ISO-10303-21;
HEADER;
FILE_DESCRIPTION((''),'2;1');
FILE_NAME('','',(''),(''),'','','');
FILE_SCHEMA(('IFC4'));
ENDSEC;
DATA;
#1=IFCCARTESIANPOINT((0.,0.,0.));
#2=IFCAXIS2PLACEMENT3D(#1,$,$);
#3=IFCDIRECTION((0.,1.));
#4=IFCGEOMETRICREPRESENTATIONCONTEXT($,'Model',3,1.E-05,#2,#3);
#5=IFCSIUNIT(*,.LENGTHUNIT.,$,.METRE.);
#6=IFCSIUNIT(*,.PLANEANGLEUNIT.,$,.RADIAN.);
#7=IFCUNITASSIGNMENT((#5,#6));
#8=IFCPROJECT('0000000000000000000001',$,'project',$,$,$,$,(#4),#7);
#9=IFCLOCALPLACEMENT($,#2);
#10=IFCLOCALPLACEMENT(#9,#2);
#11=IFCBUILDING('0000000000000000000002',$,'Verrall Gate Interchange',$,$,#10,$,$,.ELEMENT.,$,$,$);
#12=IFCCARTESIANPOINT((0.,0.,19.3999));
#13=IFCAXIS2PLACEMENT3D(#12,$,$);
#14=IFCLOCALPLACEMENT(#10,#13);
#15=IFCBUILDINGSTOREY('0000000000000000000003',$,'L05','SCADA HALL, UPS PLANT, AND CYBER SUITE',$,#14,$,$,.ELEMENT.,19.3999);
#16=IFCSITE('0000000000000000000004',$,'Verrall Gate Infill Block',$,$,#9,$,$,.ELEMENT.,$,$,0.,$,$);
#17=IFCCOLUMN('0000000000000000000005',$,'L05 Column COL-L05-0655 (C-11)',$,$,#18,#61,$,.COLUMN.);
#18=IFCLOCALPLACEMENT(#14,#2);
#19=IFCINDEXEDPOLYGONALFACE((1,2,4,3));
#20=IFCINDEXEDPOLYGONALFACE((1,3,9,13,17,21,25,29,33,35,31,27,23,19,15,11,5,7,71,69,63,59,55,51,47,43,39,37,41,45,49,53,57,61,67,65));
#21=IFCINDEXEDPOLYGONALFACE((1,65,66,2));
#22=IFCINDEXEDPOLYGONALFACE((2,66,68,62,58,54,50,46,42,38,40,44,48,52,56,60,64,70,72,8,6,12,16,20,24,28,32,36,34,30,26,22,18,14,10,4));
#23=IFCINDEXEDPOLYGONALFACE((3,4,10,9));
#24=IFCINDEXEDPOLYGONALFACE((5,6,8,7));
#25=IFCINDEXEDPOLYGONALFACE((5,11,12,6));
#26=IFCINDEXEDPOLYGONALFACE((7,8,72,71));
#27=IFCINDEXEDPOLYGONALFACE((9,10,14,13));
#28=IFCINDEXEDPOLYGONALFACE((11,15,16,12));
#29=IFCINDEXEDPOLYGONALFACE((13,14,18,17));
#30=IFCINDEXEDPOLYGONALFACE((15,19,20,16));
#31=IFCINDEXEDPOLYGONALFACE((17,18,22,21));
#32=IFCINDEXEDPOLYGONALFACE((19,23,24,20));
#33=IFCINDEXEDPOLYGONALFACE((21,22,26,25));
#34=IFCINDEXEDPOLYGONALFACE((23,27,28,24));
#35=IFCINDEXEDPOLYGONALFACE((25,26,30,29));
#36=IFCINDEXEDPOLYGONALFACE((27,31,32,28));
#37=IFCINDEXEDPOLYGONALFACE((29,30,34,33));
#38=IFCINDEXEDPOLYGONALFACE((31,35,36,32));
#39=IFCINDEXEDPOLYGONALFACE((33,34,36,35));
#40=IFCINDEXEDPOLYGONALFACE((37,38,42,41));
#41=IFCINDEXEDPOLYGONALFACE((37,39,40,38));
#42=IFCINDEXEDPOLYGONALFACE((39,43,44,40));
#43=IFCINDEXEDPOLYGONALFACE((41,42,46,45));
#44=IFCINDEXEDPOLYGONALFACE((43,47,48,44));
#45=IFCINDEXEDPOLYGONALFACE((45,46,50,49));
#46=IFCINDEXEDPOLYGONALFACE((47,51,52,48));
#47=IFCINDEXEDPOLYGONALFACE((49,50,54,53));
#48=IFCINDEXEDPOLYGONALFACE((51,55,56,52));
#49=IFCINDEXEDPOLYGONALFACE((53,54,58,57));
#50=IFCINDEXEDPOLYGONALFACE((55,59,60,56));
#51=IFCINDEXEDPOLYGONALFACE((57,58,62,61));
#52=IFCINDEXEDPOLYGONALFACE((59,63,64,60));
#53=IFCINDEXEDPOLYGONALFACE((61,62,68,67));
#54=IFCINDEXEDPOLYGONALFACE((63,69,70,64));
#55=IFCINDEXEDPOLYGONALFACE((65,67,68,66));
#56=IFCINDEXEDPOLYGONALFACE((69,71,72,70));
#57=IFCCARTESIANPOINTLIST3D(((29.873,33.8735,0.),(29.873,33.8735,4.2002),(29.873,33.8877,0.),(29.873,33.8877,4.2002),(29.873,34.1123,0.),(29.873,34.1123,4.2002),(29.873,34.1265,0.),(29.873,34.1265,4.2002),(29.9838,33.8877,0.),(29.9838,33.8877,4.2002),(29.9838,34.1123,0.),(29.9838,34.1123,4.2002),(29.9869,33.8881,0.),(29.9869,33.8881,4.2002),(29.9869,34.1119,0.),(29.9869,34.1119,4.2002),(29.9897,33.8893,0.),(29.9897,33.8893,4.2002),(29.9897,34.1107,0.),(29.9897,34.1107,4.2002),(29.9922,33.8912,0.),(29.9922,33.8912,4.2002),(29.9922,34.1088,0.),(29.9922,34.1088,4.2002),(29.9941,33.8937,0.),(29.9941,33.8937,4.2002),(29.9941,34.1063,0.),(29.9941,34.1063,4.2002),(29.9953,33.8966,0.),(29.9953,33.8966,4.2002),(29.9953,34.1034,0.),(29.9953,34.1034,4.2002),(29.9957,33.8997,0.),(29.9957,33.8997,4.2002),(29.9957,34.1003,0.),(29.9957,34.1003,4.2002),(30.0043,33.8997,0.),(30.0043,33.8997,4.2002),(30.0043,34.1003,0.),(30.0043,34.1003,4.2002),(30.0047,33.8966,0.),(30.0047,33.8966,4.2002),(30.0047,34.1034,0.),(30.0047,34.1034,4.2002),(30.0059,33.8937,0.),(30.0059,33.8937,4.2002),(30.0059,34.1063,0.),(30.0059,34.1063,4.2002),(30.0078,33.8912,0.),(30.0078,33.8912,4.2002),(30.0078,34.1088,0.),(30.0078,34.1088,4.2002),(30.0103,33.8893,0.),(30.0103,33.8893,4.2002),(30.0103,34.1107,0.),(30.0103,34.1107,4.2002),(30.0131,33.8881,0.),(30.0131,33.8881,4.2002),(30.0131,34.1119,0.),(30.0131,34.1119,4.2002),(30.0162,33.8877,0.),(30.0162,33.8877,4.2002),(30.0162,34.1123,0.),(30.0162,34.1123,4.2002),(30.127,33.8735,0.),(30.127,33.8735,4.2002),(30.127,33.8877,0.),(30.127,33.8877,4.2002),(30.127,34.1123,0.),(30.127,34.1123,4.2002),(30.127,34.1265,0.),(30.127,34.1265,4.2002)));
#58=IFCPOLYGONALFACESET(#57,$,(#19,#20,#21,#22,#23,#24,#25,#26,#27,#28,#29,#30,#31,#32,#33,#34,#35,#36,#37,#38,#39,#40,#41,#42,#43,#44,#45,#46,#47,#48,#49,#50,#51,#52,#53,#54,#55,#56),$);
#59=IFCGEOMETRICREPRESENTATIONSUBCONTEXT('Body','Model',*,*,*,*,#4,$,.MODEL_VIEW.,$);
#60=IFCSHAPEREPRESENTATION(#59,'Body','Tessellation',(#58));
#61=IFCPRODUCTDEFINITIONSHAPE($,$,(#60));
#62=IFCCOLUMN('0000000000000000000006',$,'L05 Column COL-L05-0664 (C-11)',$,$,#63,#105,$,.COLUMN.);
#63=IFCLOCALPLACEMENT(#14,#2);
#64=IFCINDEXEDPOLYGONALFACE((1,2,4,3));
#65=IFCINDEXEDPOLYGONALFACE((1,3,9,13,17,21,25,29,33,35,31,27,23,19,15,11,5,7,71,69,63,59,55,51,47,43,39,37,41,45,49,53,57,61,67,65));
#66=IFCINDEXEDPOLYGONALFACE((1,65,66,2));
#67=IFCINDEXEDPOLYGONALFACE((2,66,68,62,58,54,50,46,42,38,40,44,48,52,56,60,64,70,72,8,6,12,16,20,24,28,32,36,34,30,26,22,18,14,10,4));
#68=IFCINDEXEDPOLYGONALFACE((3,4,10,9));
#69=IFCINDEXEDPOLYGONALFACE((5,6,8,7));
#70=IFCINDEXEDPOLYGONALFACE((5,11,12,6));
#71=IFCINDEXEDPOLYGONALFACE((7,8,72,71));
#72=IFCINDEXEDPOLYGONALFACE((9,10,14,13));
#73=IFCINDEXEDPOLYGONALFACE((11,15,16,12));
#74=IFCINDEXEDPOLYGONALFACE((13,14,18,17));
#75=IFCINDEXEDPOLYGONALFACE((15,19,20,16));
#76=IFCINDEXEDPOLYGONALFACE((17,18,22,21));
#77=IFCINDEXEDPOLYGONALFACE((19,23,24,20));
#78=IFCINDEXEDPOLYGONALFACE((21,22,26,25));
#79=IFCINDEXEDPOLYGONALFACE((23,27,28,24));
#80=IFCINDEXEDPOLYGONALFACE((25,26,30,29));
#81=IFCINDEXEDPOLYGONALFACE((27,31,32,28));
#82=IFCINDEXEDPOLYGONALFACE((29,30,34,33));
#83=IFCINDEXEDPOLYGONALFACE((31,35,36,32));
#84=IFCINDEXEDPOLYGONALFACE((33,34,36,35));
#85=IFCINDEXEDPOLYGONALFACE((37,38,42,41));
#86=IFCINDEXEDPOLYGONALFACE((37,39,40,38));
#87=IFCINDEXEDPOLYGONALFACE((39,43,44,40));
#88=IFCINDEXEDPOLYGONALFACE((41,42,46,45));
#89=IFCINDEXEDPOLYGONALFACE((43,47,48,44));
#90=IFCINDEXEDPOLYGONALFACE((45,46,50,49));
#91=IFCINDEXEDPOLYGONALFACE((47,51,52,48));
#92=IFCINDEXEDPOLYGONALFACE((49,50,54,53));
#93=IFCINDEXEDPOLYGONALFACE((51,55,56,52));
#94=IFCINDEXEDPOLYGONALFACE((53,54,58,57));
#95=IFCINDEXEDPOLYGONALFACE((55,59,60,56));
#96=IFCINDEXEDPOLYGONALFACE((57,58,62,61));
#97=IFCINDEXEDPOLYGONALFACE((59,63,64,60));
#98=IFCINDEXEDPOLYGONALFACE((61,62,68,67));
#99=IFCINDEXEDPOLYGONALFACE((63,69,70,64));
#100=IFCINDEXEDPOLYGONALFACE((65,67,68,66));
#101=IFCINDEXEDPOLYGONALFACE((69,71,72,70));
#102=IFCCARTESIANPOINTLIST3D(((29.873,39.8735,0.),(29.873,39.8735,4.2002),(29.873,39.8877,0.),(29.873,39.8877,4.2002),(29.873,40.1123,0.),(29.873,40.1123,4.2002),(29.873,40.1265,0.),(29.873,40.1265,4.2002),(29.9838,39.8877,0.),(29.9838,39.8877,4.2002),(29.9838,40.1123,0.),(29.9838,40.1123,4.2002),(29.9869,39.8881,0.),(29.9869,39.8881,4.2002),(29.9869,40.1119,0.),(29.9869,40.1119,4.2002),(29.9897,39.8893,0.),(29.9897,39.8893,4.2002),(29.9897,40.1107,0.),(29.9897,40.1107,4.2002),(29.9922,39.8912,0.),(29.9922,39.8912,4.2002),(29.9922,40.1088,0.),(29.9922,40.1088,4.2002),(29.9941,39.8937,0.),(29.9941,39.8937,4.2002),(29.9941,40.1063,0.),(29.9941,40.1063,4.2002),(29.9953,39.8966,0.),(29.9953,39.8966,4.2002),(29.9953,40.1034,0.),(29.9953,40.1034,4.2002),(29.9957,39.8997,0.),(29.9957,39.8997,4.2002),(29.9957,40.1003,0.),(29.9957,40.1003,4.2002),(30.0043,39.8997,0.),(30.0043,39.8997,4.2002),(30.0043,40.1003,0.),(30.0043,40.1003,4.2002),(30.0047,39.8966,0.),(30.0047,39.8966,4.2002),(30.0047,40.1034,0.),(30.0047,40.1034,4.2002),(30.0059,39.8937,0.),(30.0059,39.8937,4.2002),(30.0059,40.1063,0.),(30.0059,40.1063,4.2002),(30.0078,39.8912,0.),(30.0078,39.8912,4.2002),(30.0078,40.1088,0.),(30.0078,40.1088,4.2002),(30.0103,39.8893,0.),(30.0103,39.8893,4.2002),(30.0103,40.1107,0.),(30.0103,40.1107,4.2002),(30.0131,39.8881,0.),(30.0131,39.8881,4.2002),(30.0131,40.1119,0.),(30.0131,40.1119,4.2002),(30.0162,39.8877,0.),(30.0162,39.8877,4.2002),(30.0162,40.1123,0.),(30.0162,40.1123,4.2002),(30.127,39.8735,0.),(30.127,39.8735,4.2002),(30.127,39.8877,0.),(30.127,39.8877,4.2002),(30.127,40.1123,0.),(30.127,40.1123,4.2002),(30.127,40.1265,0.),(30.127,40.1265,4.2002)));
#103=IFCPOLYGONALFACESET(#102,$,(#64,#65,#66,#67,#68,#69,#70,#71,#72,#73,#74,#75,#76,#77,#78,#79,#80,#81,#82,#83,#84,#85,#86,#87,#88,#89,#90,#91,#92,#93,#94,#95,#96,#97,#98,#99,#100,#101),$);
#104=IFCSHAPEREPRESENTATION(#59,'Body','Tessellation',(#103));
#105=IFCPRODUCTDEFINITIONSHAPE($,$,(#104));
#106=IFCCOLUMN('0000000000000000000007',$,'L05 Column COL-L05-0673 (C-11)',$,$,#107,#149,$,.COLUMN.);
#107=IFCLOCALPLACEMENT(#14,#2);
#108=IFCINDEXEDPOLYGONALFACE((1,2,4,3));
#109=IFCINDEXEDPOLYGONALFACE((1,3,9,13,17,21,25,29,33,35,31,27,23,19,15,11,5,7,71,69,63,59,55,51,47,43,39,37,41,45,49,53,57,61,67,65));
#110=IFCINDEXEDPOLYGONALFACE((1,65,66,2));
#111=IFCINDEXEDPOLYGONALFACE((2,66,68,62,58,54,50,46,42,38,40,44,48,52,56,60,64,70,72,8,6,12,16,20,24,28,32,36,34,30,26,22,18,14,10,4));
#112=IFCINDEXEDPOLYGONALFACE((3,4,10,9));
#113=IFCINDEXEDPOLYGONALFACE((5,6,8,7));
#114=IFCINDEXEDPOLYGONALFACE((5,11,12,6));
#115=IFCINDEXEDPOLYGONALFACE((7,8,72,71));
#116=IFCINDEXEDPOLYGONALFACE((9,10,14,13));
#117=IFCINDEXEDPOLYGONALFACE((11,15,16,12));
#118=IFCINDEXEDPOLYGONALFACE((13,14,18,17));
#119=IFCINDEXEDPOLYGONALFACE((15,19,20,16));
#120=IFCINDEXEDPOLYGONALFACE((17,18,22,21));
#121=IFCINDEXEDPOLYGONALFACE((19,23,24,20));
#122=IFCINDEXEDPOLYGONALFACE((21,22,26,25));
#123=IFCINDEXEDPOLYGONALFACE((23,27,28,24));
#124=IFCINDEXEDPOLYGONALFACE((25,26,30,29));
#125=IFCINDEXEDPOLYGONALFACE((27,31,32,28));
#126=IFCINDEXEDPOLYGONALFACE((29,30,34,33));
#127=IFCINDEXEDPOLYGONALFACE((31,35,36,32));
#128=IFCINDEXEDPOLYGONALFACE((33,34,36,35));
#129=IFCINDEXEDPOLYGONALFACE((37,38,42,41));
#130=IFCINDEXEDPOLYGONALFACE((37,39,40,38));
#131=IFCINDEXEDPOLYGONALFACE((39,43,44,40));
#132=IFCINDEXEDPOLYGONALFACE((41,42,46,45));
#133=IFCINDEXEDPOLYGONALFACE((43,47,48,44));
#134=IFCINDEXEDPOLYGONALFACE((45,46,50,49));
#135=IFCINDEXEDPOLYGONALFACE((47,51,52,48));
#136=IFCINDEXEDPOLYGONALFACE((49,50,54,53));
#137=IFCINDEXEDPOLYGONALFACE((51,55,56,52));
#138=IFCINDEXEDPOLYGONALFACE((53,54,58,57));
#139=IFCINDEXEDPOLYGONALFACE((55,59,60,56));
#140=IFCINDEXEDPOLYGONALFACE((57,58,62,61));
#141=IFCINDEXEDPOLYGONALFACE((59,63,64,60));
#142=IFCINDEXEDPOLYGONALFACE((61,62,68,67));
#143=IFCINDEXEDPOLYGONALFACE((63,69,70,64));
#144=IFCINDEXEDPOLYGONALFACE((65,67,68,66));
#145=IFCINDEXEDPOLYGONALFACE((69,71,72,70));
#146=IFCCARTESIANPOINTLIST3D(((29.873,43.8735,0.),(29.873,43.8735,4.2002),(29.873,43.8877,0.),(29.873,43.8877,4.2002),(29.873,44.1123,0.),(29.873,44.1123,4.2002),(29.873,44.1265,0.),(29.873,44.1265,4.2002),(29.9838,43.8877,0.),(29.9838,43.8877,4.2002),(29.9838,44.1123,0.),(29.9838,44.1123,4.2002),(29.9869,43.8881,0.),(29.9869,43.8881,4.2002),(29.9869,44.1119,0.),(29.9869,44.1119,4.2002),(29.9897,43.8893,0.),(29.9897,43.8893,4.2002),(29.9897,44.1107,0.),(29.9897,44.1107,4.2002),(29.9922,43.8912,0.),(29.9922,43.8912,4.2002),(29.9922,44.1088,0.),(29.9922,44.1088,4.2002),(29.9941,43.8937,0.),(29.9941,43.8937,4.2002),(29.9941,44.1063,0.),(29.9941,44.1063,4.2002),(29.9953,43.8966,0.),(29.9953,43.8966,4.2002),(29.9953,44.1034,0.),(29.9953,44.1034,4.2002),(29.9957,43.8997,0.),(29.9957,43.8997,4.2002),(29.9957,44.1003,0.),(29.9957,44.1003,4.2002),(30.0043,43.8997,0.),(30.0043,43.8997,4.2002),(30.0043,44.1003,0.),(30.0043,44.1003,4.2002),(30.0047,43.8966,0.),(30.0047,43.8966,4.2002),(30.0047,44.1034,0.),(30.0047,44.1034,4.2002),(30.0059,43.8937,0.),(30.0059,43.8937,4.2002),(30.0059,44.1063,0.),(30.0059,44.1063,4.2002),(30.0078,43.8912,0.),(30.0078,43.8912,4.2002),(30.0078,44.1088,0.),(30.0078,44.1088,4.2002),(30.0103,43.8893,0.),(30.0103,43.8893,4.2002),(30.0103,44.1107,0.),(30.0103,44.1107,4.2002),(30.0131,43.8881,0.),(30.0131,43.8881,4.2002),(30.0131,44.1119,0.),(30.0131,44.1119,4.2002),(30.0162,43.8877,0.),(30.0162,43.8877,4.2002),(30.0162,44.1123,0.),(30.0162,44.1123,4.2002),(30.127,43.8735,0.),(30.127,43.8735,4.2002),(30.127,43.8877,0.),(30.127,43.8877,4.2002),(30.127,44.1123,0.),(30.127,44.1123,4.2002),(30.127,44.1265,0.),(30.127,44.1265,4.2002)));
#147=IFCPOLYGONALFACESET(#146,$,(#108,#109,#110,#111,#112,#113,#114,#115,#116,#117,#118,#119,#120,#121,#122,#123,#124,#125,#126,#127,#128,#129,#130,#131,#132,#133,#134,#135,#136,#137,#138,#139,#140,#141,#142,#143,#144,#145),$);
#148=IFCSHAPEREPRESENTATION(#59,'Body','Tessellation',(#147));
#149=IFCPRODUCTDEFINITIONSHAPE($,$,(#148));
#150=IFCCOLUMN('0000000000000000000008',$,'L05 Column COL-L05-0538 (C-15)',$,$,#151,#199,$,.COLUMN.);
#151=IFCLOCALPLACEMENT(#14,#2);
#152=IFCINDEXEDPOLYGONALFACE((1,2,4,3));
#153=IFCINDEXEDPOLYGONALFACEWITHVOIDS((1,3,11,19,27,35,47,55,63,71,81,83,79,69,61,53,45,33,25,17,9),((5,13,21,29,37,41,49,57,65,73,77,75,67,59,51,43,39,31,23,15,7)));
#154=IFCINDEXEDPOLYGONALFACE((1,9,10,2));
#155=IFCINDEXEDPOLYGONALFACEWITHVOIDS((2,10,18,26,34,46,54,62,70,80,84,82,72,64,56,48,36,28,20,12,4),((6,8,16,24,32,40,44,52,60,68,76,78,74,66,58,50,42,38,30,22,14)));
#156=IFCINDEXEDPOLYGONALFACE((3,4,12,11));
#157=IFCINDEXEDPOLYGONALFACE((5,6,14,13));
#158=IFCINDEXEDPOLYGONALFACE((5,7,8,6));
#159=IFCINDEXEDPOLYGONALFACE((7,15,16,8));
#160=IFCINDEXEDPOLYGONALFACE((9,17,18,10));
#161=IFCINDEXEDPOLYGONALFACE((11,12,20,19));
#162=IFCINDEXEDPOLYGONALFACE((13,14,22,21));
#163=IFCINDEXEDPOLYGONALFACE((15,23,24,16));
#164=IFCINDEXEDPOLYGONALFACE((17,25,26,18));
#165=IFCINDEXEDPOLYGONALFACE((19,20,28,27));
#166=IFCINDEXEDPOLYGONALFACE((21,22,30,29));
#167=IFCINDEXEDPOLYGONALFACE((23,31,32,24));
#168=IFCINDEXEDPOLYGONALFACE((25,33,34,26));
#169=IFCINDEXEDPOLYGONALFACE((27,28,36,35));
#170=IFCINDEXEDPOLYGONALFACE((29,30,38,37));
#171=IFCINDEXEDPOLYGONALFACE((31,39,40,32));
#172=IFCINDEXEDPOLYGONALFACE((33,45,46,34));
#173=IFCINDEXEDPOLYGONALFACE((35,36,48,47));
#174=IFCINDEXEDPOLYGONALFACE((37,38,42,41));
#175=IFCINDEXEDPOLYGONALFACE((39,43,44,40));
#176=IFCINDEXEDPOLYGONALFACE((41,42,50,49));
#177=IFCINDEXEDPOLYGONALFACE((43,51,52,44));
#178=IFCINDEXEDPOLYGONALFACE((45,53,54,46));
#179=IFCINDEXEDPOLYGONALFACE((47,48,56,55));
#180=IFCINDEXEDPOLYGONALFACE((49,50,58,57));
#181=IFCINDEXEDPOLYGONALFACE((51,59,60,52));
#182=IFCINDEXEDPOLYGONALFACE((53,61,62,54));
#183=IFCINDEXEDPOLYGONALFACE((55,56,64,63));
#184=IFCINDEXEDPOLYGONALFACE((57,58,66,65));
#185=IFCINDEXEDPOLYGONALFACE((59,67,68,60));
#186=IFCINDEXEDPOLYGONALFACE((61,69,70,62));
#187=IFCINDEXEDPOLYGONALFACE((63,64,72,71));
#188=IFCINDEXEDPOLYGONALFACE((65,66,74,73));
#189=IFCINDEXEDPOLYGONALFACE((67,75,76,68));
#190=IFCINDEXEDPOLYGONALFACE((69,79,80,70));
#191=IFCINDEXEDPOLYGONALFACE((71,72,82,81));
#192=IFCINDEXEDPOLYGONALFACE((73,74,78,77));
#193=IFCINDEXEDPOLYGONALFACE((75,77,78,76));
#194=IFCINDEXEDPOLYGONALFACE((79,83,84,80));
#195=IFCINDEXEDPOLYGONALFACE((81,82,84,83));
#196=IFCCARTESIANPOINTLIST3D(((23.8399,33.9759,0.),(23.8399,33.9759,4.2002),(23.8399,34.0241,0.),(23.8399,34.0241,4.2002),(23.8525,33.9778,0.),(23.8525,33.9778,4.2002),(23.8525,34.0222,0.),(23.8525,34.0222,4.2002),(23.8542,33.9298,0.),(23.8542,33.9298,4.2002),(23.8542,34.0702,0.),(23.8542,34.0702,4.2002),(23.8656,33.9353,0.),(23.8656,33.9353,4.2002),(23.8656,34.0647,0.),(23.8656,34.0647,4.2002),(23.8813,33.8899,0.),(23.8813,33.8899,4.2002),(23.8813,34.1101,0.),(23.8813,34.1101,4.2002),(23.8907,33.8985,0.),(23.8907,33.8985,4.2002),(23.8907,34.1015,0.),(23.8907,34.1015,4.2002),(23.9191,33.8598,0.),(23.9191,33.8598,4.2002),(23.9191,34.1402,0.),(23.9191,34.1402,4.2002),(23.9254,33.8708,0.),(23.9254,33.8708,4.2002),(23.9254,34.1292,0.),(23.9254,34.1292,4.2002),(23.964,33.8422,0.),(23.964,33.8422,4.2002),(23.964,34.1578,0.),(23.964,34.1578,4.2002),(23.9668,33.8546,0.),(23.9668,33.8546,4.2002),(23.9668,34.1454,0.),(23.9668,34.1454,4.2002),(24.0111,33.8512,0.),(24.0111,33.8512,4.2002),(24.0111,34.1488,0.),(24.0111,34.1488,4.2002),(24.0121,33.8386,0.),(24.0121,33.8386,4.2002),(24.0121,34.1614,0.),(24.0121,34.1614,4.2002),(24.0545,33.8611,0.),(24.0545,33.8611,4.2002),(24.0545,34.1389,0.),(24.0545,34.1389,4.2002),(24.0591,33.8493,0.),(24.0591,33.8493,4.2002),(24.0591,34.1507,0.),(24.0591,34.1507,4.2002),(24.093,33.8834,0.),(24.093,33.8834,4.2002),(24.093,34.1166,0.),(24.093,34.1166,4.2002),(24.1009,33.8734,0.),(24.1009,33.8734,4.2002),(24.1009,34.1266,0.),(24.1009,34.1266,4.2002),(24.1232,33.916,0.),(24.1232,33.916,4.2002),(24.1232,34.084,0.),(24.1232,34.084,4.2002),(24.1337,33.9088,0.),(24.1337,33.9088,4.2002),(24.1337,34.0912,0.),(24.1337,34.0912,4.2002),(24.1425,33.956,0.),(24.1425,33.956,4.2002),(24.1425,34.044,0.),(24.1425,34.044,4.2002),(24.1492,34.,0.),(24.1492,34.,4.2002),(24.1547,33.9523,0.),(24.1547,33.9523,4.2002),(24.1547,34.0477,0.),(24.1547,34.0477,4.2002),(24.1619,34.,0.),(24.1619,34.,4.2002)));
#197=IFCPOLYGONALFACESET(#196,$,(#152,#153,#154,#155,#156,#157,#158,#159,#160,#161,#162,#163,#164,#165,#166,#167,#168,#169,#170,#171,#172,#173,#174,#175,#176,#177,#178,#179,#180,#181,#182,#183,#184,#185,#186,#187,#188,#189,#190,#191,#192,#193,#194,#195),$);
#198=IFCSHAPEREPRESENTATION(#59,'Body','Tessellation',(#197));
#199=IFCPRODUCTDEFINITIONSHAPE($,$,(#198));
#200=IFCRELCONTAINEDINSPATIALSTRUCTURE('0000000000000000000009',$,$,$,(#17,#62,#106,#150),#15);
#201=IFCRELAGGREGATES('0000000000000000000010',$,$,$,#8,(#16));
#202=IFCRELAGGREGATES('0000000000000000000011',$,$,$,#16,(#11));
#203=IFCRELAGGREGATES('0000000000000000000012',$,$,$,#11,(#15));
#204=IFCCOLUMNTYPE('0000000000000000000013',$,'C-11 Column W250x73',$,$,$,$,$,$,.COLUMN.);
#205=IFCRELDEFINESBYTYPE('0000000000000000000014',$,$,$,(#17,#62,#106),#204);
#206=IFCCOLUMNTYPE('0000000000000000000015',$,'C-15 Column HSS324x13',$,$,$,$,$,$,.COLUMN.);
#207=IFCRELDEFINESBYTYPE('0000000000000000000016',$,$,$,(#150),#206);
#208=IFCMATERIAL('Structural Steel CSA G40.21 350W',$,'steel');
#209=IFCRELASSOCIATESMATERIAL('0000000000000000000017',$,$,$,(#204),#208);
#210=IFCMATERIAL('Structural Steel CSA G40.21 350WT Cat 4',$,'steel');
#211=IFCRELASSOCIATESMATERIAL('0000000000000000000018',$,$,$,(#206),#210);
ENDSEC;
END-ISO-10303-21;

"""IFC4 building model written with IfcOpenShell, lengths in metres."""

from ifc_helpers import new_model, si_unit, direction, frame, origin, origin_2d, place, context, subcontext, project, spatial, hollow_circle, i_section, extrude, material, material_profile, profile_set, type_object, element, save


model = new_model("IFC4")

# Units and contexts
model_context = context("Model", 3, precision=1e-05, world=origin(), true_north=direction((0.0, 1.0)))
body_context = subcontext(model_context, "Body", "Model", "MODEL_VIEW")
ifc_project = project(units=[si_unit("LENGTHUNIT", "METRE"), si_unit("PLANEANGLEUNIT", "RADIAN")], contexts=[model_context])

# Site, building, storey
site_placement = place(None, origin())
site = spatial("IfcSite", under=ifc_project, at=site_placement, Name="Verrall Gate Infill Block", CompositionType="ELEMENT", RefElevation=0.0)
building_placement = place(site_placement, origin())
building = spatial("IfcBuilding", under=site, at=building_placement, Name="Verrall Gate Interchange", CompositionType="ELEMENT")
storey_placement = place(building_placement, frame((0.0, 0.0, 19.3999)))
storey = spatial("IfcBuildingStorey", under=building, at=storey_placement, Name="L05", Description="SCADA HALL, UPS PLANT, AND CYBER SUITE", CompositionType="ELEMENT", Elevation=19.3999)

# Columns
ifc_material_1 = material(Name="Structural Steel CSA G40.21 350W", Category="steel")
ifc_material_profile_1 = material_profile(ifc_material_1, i_section(OverallWidth=0.2539, OverallDepth=0.2529, WebThickness=0.0085, FlangeThickness=0.0142, FilletRadius=0.012, at=origin_2d()), Name="W250x73")
ifc_profile_set_1 = profile_set([ifc_material_profile_1], Name="Structural Steel CSA G40.21 350W")
column_type_1 = type_object("IfcColumnType", Name="C-11 Column W250x73", PredefinedType="COLUMN", material=ifc_profile_set_1)
for number, where, z_axis, x_axis, name in (
    (1, (30.0, 34.0, 0.0), (0.0, 0.0, 1.0), (1.0, 0.0, 0.0), "L05 Column COL-L05-0655 (C-11)"),
    (2, (30.0, 40.0, 0.0), (0.0, 0.0, 1.0), (1.0, 0.0, 0.0), "L05 Column COL-L05-0664 (C-11)"),
    (3, (30.0, 44.0, 0.0), (0.0, 0.0, 1.0), (1.0, 0.0, 0.0), "L05 Column COL-L05-0673 (C-11)"),
):
    element("IfcColumn", number, at=place(storey_placement, frame(where, z_axis=z_axis, x_axis=x_axis)), inside=storey, type_object=column_type_1, Name=name, PredefinedType="COLUMN", context=body_context, shape_type="SweptSolid", body=[
        extrude(i_section(OverallWidth=0.2539, OverallDepth=0.2529, WebThickness=0.0085, FlangeThickness=0.0142, FilletRadius=0.012, at=origin_2d()), origin(), (0.0, 0.0, 1.0), 4.2002),
    ])
ifc_material_2 = material(Name="Structural Steel CSA G40.21 350WT Cat 4", Category="steel")
ifc_material_profile_2 = material_profile(ifc_material_2, hollow_circle(Radius=0.1619, WallThickness=0.0127, at=origin_2d()), Name="HSS324x13")
ifc_profile_set_2 = profile_set([ifc_material_profile_2], Name="Structural Steel CSA G40.21 350WT Cat 4")
column_type_2 = type_object("IfcColumnType", Name="C-15 Column HSS324x13", PredefinedType="COLUMN", material=ifc_profile_set_2)
for number, where, z_axis, x_axis, name in (
    (4, (24.0, 34.0, 0.0), (0.0, 0.0, 1.0), (1.0, 0.0, 0.0), "L05 Column COL-L05-0538 (C-15)"),
):
    element("IfcColumn", number, at=place(storey_placement, frame(where, z_axis=z_axis, x_axis=x_axis)), inside=storey, type_object=column_type_2, Name=name, PredefinedType="COLUMN", context=body_context, shape_type="SweptSolid", body=[
        extrude(hollow_circle(Radius=0.1619, WallThickness=0.0127, at=origin_2d()), origin(), (0.0, 0.0, 1.0), 4.2002),
    ])

save(model, "model.ifc")
